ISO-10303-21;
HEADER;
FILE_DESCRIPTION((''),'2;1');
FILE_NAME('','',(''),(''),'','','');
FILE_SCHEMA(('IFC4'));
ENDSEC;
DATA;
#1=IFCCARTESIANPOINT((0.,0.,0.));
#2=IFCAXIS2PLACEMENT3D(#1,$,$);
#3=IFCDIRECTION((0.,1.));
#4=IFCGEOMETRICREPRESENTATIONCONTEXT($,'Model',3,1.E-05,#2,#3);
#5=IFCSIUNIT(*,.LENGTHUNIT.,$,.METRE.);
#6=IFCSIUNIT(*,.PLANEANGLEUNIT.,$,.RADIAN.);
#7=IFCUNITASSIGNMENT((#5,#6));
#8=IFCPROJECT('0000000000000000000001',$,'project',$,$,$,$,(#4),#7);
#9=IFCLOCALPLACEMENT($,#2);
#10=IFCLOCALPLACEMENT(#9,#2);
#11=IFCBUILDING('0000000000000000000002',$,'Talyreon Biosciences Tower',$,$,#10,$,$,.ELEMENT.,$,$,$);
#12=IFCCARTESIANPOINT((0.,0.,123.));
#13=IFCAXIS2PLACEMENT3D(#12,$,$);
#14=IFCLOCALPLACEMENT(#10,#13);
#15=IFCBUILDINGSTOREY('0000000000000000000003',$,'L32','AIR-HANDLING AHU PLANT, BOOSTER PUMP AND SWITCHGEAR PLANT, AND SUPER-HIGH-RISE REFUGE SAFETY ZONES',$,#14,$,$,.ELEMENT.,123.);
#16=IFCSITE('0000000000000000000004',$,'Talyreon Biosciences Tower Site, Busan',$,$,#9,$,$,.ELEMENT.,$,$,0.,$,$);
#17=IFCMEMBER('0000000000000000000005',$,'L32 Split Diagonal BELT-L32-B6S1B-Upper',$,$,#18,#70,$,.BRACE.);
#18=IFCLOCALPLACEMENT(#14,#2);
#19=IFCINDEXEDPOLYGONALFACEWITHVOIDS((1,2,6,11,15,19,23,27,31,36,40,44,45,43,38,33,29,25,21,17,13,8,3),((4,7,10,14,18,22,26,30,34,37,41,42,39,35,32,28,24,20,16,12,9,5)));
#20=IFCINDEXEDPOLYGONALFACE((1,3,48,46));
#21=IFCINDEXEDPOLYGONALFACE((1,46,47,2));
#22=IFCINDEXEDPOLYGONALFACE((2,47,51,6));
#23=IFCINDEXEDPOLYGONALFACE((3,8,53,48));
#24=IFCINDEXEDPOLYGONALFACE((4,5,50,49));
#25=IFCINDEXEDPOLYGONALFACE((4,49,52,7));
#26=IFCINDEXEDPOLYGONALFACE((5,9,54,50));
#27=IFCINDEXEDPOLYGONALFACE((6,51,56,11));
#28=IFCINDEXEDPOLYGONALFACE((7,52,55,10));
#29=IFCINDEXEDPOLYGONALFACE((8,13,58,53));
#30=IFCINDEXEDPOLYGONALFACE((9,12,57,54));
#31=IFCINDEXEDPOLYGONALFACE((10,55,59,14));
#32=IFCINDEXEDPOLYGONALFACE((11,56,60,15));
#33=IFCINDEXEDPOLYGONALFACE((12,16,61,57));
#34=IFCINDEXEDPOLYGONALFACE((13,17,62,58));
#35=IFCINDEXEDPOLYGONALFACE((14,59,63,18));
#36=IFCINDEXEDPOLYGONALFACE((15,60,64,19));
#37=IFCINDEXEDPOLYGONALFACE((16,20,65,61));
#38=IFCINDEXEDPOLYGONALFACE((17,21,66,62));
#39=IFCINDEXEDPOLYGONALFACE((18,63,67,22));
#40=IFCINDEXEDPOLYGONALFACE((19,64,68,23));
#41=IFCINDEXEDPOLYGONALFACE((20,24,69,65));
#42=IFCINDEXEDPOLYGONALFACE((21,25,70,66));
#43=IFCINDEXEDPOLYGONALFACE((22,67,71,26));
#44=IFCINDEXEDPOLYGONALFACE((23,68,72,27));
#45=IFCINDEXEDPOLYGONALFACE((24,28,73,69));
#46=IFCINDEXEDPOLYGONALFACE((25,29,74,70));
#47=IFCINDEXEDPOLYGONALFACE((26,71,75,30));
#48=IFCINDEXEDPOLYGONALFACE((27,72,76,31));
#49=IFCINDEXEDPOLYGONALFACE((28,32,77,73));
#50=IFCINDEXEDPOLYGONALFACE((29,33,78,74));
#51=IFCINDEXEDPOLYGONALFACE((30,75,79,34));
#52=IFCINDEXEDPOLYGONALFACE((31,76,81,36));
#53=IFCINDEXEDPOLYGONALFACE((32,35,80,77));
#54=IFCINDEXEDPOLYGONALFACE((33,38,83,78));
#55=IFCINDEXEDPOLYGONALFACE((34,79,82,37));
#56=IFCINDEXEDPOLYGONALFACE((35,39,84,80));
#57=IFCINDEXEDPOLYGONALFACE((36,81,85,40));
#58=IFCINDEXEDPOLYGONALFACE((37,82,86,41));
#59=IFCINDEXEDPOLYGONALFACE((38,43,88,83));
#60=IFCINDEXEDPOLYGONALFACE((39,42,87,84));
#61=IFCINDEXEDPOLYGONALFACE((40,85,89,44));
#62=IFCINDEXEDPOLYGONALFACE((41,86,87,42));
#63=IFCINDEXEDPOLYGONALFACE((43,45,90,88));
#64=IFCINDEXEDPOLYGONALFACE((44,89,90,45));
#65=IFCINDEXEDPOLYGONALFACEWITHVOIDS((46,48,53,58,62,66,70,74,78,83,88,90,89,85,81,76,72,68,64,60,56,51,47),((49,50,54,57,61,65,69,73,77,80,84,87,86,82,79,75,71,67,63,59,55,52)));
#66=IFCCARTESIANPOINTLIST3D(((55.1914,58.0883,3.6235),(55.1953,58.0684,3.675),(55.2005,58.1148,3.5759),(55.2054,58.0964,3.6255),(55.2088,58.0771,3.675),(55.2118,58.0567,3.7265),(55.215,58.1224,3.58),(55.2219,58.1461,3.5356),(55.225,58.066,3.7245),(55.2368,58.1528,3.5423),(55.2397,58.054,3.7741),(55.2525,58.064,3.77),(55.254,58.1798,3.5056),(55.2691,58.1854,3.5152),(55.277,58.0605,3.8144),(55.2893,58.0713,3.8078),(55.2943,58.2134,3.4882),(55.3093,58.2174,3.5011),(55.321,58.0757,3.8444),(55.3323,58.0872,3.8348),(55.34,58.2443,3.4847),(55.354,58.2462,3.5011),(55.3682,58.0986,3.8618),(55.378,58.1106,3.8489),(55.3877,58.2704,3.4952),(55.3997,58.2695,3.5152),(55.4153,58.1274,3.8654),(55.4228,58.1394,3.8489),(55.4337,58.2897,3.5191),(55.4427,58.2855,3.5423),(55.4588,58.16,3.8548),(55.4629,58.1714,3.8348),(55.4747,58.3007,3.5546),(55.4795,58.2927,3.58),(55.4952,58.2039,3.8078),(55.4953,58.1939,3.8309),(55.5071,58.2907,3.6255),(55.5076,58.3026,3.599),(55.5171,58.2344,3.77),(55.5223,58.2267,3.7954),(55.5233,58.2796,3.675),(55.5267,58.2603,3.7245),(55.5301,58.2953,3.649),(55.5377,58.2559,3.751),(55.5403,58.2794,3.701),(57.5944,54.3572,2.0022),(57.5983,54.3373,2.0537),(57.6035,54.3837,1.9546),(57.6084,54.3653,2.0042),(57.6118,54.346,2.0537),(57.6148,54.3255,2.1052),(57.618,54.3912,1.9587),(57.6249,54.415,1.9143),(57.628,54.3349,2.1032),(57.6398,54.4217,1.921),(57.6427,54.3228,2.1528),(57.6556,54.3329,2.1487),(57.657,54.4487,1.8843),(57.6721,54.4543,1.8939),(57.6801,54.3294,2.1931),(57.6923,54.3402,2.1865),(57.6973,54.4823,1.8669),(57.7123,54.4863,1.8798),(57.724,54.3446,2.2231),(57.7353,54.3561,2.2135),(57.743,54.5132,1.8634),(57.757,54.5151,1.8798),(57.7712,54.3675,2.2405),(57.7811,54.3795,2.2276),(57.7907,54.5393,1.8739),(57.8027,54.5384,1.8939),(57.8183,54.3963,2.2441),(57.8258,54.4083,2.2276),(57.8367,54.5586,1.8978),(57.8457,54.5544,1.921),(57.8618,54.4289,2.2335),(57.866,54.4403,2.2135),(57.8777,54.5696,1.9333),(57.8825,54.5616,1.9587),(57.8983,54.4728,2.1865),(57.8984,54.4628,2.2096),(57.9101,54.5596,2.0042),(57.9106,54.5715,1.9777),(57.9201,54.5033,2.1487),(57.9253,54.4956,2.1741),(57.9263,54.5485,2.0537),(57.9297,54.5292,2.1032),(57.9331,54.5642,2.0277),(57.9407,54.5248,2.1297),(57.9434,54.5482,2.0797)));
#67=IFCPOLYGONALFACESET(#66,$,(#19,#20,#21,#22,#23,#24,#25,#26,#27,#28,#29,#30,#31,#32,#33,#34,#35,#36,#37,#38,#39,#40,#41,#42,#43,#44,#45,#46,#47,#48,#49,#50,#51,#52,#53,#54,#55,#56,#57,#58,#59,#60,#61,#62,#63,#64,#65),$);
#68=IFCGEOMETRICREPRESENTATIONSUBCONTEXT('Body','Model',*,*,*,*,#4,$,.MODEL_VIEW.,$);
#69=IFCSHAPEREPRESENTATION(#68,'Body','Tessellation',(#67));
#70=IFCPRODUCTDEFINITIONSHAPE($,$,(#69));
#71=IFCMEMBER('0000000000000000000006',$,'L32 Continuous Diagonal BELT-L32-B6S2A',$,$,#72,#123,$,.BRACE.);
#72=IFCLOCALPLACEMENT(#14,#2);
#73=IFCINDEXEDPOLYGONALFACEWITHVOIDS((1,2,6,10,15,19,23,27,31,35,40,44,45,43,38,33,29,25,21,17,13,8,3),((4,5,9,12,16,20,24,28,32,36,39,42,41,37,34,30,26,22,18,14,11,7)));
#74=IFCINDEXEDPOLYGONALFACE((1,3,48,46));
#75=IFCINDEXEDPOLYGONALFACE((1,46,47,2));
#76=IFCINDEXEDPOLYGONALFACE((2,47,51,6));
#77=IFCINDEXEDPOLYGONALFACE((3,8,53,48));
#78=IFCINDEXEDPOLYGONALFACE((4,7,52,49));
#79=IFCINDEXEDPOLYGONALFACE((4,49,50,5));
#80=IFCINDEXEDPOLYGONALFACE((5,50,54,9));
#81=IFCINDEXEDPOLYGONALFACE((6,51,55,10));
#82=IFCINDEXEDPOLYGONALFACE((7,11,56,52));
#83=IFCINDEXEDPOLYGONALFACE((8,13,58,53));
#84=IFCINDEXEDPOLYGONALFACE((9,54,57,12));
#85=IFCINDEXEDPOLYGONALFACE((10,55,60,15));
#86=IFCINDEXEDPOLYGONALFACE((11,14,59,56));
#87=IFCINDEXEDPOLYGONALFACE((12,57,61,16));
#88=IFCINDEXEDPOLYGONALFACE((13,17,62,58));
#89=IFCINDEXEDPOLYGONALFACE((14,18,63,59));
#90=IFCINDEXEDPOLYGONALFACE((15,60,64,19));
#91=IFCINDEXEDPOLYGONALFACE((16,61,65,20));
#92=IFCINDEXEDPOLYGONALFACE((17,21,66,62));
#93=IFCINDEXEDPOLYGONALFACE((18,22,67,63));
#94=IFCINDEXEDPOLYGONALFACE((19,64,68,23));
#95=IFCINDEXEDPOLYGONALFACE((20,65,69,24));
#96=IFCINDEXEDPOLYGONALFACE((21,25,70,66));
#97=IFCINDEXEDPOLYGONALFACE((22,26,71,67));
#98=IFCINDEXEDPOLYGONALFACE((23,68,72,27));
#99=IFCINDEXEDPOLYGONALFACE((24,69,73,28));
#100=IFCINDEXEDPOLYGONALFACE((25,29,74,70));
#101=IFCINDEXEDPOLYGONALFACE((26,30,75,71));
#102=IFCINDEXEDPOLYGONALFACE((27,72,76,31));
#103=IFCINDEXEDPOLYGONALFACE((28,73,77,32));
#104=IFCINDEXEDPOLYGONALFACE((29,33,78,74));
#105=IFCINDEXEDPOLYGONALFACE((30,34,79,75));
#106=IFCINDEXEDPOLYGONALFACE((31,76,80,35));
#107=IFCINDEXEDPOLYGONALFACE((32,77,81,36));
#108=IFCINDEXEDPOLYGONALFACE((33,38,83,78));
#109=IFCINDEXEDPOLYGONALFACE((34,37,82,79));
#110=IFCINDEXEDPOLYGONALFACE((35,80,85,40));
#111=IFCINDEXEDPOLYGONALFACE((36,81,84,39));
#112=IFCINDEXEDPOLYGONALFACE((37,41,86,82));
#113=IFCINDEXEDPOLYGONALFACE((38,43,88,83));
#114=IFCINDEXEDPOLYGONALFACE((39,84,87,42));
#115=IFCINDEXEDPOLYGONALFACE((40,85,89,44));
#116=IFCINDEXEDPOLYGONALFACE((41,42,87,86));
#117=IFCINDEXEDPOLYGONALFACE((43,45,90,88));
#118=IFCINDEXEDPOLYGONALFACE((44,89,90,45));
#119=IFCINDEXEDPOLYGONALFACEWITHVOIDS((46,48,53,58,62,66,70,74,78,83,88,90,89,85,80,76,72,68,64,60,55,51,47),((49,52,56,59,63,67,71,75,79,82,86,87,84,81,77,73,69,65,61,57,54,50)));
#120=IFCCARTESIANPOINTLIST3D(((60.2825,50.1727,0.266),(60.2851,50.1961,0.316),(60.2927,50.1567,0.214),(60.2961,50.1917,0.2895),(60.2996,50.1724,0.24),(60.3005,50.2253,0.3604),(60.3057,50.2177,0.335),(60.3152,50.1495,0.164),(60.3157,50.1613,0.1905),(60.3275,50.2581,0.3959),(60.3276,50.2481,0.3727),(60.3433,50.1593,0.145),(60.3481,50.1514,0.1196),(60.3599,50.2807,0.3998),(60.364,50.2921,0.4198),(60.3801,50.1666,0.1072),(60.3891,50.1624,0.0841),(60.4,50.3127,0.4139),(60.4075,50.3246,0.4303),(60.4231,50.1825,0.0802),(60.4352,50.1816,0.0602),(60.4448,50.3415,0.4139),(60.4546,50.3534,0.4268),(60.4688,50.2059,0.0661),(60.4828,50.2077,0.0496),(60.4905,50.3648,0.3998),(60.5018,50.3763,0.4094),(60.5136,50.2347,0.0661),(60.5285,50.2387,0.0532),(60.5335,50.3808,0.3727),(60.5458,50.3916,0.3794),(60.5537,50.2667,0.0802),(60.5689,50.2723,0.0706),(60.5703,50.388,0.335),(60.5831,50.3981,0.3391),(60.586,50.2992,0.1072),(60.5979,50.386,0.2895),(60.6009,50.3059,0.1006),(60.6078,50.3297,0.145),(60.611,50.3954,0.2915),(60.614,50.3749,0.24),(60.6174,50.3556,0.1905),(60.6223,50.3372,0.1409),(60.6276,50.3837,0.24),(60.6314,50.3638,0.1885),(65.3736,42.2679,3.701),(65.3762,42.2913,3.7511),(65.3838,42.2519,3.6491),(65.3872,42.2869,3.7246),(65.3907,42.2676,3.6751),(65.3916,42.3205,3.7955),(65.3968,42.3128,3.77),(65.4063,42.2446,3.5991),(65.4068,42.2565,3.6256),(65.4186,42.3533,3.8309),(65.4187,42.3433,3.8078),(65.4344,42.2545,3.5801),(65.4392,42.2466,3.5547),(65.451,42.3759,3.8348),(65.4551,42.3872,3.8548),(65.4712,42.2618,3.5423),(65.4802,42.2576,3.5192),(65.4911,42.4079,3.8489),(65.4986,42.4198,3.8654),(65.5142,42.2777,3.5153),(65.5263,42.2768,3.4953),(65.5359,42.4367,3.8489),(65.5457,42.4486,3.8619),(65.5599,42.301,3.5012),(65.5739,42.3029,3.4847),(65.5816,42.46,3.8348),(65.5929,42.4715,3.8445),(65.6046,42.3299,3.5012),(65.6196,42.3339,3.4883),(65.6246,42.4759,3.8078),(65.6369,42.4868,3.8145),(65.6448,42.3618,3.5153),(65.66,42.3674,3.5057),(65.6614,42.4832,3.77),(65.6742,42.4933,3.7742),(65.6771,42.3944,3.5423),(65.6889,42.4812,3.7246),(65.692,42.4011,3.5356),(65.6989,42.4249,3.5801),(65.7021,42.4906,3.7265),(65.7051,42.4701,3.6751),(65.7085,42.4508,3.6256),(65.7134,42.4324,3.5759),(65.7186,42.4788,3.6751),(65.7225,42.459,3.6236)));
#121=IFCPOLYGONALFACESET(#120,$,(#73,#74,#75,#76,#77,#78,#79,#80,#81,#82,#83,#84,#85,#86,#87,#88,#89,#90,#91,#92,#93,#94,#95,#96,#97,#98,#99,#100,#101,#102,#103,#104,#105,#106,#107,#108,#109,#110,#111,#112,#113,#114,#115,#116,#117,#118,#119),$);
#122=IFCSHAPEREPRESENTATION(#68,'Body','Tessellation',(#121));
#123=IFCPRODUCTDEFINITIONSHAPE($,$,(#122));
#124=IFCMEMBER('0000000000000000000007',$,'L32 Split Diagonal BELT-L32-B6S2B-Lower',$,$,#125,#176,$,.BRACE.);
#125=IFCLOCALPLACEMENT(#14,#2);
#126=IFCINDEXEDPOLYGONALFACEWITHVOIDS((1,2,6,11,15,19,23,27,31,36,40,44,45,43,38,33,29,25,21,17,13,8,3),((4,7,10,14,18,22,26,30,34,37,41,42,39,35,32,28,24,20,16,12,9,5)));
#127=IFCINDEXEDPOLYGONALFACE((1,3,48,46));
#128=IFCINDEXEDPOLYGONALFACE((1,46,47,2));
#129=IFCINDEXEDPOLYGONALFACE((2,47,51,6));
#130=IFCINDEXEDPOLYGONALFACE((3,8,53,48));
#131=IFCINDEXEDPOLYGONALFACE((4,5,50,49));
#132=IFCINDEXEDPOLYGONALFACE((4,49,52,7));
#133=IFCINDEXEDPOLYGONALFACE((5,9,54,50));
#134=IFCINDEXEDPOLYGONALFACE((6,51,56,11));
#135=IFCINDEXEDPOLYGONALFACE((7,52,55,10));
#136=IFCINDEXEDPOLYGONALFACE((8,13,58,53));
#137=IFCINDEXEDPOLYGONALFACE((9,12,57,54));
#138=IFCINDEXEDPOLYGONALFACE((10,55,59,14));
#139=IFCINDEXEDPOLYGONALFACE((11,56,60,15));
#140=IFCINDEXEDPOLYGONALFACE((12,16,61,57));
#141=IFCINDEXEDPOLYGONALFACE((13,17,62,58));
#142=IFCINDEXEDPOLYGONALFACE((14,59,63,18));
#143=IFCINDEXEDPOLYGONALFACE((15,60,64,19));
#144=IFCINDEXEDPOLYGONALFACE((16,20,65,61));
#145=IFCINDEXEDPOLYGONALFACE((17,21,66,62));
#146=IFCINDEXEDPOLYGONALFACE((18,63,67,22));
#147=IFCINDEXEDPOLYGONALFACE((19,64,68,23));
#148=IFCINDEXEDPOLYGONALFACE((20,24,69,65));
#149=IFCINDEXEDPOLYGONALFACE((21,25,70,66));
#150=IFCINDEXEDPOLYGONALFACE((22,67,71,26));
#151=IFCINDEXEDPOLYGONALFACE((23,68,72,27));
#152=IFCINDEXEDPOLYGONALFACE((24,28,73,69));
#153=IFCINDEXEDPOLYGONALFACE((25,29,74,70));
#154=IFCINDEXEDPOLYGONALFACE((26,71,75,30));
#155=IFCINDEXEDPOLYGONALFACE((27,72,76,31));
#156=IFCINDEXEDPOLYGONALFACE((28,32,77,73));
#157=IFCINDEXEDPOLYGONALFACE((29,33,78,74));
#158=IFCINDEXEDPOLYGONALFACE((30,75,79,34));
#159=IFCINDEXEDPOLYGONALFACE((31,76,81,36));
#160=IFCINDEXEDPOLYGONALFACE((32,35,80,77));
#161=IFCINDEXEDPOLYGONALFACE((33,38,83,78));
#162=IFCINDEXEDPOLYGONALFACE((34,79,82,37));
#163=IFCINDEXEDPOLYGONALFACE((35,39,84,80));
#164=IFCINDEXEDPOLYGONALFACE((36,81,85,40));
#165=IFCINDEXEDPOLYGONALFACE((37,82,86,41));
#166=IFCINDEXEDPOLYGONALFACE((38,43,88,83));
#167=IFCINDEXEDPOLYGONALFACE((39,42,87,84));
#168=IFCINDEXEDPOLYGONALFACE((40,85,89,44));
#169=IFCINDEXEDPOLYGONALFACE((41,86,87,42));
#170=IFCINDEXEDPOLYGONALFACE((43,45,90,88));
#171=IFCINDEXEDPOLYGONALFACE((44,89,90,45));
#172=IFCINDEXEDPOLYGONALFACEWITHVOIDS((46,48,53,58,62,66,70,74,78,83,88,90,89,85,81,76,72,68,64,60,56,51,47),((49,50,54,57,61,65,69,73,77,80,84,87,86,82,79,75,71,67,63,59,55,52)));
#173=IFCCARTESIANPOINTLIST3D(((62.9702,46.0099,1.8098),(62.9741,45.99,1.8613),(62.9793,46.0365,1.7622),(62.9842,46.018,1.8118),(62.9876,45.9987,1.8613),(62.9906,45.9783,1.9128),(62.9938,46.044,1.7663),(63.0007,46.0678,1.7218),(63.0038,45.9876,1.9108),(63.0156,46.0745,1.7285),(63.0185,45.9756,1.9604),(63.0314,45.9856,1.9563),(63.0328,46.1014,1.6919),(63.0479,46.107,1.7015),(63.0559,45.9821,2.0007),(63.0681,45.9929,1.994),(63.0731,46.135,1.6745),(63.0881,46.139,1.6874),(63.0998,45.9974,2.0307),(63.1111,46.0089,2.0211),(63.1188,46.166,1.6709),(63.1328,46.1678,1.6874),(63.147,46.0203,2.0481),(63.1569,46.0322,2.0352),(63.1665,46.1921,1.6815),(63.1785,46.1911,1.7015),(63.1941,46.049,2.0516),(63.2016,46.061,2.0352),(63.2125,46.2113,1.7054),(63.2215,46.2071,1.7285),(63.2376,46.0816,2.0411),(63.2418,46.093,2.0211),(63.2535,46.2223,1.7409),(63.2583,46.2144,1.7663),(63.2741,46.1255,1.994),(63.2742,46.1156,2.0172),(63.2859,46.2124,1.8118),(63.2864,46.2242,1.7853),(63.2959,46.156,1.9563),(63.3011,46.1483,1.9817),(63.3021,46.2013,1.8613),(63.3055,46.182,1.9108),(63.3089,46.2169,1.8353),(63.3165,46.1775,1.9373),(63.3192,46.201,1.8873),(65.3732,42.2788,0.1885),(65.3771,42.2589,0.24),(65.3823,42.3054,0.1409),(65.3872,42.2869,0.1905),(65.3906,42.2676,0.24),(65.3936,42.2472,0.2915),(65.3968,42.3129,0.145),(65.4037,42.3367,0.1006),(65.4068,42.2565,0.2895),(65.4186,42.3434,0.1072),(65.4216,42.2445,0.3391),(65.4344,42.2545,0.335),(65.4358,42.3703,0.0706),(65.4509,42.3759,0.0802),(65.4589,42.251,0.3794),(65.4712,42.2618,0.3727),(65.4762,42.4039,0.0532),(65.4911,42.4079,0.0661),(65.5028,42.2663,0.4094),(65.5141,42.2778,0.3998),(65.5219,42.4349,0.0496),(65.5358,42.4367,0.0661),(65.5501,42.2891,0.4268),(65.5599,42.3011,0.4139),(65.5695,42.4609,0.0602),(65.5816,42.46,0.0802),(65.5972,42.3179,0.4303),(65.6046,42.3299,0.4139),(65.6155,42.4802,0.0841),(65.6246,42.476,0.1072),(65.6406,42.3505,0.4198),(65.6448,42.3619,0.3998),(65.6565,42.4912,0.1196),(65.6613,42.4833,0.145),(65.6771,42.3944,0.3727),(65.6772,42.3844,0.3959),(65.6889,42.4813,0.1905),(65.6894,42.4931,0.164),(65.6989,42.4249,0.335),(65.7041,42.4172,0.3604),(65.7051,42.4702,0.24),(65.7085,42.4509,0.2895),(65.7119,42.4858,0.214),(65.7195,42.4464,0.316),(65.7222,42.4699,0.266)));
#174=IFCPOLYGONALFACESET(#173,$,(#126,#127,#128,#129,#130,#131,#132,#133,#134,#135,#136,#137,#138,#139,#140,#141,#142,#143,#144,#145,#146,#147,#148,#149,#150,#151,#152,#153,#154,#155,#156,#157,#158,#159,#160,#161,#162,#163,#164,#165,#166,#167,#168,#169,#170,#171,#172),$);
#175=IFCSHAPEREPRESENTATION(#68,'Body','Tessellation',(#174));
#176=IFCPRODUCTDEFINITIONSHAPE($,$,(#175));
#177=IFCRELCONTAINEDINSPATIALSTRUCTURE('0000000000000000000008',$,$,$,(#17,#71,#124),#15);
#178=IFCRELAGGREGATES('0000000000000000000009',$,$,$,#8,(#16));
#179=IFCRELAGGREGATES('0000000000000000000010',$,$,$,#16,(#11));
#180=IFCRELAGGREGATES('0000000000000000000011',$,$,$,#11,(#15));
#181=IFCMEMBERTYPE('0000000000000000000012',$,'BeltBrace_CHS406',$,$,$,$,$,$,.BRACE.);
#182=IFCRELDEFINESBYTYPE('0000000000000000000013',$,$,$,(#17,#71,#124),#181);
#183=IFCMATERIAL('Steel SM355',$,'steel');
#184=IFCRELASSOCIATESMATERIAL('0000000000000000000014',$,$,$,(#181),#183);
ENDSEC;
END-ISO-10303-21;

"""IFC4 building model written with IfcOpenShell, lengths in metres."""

from ifc_helpers import new_model, si_unit, direction, frame, origin, origin_2d, place, context, subcontext, project, spatial, hollow_circle, extrude, material, material_profile, profile_set, type_object, element, save


model = new_model("IFC4")

# Units and contexts
model_context = context("Model", 3, precision=1e-05, world=origin(), true_north=direction((0.0, 1.0)))
body_context = subcontext(model_context, "Body", "Model", "MODEL_VIEW")
ifc_project = project(units=[si_unit("LENGTHUNIT", "METRE"), si_unit("PLANEANGLEUNIT", "RADIAN")], contexts=[model_context])

# Site, building, storey
site_placement = place(None, origin())
site = spatial("IfcSite", under=ifc_project, at=site_placement, Name="Talyreon Biosciences Tower Site, Busan", CompositionType="ELEMENT", RefElevation=0.0)
building_placement = place(site_placement, origin())
building = spatial("IfcBuilding", under=site, at=building_placement, Name="Talyreon Biosciences Tower", CompositionType="ELEMENT")
storey_placement = place(building_placement, frame((0.0, 0.0, 123.0)))
storey = spatial("IfcBuildingStorey", under=building, at=storey_placement, Name="L32", Description="AIR-HANDLING AHU PLANT, BOOSTER PUMP AND SWITCHGEAR PLANT, AND SUPER-HIGH-RISE REFUGE SAFETY ZONES", CompositionType="ELEMENT", Elevation=123.0)

# Members
ifc_material_1 = material(Name="Steel SM355", Category="steel")
ifc_material_profile_1 = material_profile(ifc_material_1, hollow_circle(Radius=0.2031, WallThickness=0.0161, at=origin_2d()), Name="CHS 406.4x16")
ifc_profile_set_1 = profile_set([ifc_material_profile_1], Name="Steel SM355")
member_type_1 = type_object("IfcMemberType", Name="BeltBrace_CHS406", PredefinedType="BRACE", material=ifc_profile_set_1)
for number, where, z_axis, x_axis, name in (
    (1, (57.769, 54.4473, 2.0537), (-0.50859, 0.789677, 0.343142), (-0.840722, -0.541466, 0.0), "L32 Split Diagonal BELT-L32-B6S1B-Upper"),
):
    element("IfcMember", number, at=place(storey_placement, frame(where, z_axis=z_axis, x_axis=x_axis)), inside=storey, type_object=member_type_1, Name=name, PredefinedType="BRACE", context=body_context, shape_type="SweptSolid", body=[
        extrude(hollow_circle(Radius=0.2031, WallThickness=0.0161, at=origin_2d()), origin(), (0.0, 0.0, 1.0), 4.7249),
    ])
member_1_placement = place(storey_placement, frame((60.4568, 50.2737, 0.24), z_axis=(0.508587, -0.789673, 0.343156), x_axis=(0.840723, 0.541466, 0.0)))
element("IfcMember", 2, at=member_1_placement, inside=storey, type_object=member_type_1, Name="L32 Continuous Diagonal BELT-L32-B6S2A", PredefinedType="BRACE", context=body_context, shape_type="SweptSolid", body=[
    extrude(hollow_circle(Radius=0.2031, WallThickness=0.0161, at=origin_2d()), origin(), (0.0, 0.0, 1.0), 10.0103),
])
member_2_placement = place(storey_placement, frame((65.5479, 42.3689, 0.24), z_axis=(-0.50859, 0.789677, 0.343142), x_axis=(-0.840722, -0.541466, 0.0)))
element("IfcMember", 3, at=member_2_placement, inside=storey, type_object=member_type_1, Name="L32 Split Diagonal BELT-L32-B6S2B-Lower", PredefinedType="BRACE", context=body_context, shape_type="SweptSolid", body=[
    extrude(hollow_circle(Radius=0.2031, WallThickness=0.0161, at=origin_2d()), origin(), (0.0, 0.0, 1.0), 4.7249),
])

save(model, "model.ifc")
